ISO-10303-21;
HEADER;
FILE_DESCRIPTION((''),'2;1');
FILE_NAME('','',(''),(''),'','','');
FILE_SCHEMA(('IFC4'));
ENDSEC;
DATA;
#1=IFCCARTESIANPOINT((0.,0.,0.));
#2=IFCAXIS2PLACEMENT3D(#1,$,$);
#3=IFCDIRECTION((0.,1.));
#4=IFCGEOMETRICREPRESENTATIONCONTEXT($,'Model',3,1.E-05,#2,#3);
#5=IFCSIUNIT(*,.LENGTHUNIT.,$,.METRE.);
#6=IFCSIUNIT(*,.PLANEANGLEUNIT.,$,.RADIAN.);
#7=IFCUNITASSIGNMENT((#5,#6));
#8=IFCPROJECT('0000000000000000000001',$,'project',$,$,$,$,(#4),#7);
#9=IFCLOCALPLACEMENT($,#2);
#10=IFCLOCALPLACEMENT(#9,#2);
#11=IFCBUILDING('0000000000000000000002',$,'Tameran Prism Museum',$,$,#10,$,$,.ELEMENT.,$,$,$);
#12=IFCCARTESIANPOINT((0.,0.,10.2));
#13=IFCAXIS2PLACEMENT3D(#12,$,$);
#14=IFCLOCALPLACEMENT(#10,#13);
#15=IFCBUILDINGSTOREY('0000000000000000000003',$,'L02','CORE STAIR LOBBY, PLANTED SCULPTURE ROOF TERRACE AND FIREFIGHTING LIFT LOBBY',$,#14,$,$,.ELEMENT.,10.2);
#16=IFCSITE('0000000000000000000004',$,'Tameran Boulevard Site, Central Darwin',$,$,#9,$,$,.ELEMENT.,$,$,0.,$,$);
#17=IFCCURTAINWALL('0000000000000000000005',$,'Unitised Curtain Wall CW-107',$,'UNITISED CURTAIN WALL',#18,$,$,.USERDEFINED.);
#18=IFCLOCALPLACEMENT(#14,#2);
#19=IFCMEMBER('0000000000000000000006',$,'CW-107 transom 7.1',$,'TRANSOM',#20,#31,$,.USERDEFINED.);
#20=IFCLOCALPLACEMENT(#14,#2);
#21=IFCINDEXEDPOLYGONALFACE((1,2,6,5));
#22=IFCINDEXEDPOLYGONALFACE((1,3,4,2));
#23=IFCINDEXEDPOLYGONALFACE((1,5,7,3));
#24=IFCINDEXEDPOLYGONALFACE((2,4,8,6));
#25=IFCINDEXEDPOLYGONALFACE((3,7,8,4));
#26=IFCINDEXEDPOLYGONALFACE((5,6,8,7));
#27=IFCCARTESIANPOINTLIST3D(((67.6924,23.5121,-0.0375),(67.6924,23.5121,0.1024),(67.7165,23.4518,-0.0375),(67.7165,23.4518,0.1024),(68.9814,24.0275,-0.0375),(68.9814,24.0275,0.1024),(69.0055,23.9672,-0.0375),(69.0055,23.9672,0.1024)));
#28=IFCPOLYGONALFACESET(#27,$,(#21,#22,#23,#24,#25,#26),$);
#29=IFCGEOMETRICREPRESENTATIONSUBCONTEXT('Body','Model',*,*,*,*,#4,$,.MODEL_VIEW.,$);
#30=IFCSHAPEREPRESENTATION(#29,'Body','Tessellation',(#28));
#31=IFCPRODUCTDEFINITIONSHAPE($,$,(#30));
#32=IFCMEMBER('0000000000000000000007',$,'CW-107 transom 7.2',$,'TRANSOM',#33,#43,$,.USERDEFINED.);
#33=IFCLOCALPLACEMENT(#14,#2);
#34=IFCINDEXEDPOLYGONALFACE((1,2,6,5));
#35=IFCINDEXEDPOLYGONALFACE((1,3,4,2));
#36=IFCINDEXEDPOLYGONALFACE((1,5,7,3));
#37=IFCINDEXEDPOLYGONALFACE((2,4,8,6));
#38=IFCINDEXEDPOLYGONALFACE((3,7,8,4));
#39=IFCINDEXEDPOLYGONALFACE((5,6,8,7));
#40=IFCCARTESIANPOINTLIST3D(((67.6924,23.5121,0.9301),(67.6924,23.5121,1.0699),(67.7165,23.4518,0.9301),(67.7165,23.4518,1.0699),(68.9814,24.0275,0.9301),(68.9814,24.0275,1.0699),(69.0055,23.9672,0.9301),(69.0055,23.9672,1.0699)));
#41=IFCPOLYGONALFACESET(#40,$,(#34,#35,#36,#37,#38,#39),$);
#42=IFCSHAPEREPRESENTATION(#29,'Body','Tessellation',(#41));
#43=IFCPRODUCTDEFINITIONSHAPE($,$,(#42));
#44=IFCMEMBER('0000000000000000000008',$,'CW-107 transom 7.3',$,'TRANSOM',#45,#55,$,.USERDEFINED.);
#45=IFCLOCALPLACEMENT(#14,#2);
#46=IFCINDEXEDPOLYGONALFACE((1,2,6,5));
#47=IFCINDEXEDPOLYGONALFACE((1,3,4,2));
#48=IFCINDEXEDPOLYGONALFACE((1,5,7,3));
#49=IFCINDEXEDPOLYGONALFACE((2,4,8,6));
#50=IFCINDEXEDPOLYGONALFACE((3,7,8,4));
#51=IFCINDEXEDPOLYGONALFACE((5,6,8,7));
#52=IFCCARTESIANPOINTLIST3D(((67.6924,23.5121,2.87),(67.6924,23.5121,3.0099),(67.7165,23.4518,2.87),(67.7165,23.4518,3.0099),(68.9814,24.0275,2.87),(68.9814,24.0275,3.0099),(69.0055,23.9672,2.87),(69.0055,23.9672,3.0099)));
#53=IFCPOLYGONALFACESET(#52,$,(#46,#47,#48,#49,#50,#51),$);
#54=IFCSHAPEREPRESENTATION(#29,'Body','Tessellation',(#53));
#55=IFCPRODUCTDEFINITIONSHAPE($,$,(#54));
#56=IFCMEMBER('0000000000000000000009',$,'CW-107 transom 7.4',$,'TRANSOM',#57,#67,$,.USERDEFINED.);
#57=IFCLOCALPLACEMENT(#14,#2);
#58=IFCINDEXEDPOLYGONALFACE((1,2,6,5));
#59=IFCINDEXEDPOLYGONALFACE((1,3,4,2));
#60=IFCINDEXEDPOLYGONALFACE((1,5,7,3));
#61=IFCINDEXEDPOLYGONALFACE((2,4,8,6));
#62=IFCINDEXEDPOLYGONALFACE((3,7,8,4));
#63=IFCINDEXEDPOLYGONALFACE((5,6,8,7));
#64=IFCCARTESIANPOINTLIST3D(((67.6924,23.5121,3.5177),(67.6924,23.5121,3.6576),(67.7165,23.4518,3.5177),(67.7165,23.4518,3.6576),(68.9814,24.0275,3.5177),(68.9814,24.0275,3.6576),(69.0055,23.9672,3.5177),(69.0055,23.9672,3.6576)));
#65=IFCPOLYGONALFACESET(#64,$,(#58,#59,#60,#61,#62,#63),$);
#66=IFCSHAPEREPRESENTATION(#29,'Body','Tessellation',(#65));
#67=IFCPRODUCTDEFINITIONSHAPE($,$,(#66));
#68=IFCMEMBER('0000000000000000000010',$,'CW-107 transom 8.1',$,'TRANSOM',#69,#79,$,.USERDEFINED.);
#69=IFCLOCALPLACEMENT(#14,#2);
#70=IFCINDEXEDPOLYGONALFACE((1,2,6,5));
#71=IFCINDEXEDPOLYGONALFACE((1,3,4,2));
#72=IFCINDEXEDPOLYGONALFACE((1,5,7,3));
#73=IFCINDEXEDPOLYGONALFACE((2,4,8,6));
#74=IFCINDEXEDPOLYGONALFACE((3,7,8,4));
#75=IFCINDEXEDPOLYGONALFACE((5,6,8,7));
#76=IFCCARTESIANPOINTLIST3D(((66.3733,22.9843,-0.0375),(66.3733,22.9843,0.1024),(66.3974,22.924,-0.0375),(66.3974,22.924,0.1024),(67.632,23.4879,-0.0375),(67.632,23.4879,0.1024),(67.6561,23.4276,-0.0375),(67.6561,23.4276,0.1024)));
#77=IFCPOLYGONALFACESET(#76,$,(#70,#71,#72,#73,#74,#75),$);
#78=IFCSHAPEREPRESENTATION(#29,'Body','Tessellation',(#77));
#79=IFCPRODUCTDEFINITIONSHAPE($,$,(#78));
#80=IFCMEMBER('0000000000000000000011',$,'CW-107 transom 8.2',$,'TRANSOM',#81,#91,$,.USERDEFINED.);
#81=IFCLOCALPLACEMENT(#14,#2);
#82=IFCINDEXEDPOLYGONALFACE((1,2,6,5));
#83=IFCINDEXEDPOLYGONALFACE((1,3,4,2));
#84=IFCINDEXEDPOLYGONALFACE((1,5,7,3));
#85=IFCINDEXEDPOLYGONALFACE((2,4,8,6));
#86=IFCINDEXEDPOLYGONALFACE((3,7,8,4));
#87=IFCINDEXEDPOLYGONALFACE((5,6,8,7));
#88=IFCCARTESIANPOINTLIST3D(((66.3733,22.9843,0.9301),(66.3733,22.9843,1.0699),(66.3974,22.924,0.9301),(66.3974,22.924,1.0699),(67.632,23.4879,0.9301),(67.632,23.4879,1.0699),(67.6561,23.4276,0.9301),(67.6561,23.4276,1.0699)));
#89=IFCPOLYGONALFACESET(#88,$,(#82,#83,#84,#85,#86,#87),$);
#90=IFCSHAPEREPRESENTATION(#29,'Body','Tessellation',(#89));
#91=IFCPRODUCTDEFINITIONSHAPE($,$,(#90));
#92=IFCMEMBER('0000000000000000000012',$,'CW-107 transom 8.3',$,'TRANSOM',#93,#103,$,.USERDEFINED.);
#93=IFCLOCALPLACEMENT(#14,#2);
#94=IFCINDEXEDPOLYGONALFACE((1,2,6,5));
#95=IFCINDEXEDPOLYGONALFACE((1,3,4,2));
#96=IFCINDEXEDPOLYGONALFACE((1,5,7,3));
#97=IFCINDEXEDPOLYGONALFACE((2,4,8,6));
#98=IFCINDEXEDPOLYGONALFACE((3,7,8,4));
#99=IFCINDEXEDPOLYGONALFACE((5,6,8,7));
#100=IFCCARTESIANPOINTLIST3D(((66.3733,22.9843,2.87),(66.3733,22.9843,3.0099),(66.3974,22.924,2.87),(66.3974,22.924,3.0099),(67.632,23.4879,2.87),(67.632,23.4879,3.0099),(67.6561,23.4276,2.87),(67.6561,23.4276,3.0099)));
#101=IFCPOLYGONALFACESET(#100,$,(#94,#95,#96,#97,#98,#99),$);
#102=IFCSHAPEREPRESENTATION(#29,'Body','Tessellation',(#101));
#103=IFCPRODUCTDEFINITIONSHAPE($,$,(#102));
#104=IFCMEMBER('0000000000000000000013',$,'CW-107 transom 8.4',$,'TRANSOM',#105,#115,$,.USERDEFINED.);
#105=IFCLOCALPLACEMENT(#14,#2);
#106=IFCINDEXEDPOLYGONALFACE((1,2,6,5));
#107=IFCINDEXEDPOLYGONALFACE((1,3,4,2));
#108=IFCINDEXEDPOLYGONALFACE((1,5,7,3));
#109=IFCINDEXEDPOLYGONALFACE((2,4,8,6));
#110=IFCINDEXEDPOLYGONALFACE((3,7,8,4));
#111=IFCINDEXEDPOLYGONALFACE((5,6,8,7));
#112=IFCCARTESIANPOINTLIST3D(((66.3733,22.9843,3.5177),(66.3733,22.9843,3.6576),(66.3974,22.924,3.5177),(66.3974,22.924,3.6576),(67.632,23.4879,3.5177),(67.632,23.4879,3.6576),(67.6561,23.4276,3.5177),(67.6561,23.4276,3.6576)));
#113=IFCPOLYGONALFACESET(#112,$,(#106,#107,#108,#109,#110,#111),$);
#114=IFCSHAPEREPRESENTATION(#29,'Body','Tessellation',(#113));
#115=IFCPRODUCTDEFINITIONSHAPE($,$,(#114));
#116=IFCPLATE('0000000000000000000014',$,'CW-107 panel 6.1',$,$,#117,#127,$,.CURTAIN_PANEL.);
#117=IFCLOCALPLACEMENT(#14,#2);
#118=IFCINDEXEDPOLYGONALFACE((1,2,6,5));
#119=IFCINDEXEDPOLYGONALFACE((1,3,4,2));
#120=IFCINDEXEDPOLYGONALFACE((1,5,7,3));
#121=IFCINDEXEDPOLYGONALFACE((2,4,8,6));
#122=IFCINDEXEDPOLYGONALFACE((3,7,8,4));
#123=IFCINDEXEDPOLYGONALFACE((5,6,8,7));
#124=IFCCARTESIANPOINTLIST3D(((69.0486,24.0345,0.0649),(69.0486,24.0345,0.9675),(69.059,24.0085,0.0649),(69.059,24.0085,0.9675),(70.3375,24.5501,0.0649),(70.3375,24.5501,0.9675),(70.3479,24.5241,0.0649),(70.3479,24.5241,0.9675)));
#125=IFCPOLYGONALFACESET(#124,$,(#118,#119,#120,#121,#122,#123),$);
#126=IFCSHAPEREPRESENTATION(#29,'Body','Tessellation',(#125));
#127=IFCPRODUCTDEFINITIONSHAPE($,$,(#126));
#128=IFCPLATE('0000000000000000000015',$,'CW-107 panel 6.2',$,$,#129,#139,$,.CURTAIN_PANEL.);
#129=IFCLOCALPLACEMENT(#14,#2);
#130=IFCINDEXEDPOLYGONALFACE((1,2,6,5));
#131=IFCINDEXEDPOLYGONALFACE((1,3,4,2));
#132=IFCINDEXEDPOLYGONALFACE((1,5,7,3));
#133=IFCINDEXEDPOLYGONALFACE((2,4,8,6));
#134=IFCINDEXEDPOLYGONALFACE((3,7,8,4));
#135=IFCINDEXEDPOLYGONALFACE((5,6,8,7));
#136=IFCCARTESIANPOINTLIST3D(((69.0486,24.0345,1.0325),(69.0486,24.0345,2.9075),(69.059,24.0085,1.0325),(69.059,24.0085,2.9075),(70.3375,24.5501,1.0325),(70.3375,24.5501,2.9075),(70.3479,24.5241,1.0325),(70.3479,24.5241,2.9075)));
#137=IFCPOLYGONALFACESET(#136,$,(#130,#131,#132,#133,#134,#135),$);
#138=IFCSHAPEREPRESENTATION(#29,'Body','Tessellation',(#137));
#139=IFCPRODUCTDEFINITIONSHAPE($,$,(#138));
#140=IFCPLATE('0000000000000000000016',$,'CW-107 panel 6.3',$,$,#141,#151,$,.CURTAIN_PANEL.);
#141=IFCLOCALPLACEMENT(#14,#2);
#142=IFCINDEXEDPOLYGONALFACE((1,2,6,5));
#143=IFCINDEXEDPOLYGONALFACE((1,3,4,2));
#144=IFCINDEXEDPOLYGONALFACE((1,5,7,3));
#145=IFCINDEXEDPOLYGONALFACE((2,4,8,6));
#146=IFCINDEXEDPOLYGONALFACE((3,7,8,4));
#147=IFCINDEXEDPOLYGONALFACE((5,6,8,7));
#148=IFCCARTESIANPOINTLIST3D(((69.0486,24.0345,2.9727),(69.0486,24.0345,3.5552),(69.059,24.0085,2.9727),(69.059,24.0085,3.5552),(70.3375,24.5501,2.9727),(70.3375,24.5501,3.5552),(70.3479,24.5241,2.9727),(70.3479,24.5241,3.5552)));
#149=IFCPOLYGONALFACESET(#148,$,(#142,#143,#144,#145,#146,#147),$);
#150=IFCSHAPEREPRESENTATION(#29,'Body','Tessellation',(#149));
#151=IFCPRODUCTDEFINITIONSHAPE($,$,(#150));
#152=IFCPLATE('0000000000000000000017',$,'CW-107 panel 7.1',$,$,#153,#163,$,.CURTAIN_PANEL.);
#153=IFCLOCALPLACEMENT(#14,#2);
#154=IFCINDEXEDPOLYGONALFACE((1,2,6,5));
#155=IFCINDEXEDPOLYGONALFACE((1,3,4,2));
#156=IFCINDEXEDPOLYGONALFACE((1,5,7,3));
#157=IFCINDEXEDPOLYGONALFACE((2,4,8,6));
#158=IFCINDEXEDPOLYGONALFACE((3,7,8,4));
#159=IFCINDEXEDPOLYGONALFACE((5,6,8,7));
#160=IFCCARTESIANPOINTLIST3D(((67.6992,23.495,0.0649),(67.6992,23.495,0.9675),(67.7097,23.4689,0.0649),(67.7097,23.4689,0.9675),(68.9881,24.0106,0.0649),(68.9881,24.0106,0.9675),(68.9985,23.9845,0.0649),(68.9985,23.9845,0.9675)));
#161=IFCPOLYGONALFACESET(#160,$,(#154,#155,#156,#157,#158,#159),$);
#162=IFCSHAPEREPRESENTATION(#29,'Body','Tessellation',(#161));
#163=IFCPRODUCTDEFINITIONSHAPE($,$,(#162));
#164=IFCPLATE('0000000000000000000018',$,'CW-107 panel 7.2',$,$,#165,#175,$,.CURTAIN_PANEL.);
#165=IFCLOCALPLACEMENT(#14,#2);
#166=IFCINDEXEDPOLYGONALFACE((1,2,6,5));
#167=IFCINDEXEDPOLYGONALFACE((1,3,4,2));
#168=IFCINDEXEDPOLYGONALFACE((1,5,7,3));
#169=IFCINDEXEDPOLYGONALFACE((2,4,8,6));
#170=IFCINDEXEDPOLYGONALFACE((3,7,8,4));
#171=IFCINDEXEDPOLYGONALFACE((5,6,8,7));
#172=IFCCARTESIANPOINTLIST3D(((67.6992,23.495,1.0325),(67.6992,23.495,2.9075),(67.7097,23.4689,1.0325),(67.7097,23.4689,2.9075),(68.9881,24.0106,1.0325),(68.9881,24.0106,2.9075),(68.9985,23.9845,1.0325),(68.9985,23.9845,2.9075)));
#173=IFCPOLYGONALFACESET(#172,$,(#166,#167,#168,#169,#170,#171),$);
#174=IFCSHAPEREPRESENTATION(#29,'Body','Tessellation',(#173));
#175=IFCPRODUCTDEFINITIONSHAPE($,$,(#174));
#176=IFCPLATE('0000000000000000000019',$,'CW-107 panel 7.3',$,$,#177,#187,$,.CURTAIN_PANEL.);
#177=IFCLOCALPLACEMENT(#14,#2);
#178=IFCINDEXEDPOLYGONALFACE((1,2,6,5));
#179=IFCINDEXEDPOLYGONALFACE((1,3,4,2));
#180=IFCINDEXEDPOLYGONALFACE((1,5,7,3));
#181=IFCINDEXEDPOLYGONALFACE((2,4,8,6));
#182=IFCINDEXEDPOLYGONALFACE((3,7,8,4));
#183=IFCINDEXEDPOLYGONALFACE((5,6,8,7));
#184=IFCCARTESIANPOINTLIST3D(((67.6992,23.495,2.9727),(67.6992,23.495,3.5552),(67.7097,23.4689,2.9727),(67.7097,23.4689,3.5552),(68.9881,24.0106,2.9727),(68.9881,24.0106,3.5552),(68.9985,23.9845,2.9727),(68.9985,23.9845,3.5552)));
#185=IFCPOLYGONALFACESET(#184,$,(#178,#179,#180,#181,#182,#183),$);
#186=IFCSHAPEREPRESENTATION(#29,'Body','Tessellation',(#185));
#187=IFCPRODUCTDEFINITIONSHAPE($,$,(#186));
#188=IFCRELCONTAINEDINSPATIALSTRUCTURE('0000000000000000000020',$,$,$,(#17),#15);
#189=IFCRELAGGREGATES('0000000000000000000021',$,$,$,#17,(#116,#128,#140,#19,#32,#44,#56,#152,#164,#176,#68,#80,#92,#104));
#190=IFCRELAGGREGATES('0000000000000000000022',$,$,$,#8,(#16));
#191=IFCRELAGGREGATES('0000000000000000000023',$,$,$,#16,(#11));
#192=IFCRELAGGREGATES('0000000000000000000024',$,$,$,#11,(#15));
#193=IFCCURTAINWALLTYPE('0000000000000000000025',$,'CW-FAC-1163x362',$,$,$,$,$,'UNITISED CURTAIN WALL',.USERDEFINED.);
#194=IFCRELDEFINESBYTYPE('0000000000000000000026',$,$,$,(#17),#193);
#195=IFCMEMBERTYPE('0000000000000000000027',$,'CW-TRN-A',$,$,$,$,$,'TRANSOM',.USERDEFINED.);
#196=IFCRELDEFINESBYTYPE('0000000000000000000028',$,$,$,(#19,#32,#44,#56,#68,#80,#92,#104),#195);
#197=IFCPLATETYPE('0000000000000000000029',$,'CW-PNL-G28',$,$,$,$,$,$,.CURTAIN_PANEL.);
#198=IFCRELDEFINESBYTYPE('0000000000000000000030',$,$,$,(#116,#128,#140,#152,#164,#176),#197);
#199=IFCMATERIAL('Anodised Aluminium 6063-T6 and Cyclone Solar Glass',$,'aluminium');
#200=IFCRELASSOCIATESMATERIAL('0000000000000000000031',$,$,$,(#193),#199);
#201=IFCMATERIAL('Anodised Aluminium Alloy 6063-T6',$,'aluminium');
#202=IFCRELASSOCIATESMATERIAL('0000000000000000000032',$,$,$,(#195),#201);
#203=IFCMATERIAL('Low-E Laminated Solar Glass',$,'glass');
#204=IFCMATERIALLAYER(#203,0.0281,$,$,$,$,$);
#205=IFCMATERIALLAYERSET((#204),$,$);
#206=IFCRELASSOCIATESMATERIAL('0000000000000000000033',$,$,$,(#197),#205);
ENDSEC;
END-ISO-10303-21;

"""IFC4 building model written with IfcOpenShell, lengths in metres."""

from ifc_helpers import new_model, si_unit, direction, frame, origin, origin_2d, place, context, subcontext, project, spatial, rectangle, extrude, material, layer, layer_set, material_profile, profile_set, type_object, element, aggregate, save


model = new_model("IFC4")

# Units and contexts
model_context = context("Model", 3, precision=1e-05, world=origin(), true_north=direction((0.0, 1.0)))
body_context = subcontext(model_context, "Body", "Model", "MODEL_VIEW")
ifc_project = project(units=[si_unit("LENGTHUNIT", "METRE"), si_unit("PLANEANGLEUNIT", "RADIAN")], contexts=[model_context])

# Site, building, storey
site_placement = place(None, origin())
site = spatial("IfcSite", under=ifc_project, at=site_placement, Name="Tameran Boulevard Site, Central Darwin", CompositionType="ELEMENT", RefElevation=0.0)
building_placement = place(site_placement, origin())
building = spatial("IfcBuilding", under=site, at=building_placement, Name="Tameran Prism Museum", CompositionType="ELEMENT")
storey_placement = place(building_placement, frame((0.0, 0.0, 10.2)))
storey = spatial("IfcBuildingStorey", under=building, at=storey_placement, Name="L02", Description="CORE STAIR LOBBY, PLANTED SCULPTURE ROOF TERRACE AND FIREFIGHTING LIFT LOBBY", CompositionType="ELEMENT", Elevation=10.2)

# Curtain wall, members, plates
ifc_material_1 = material(Name="Anodised Aluminium 6063-T6 and Cyclone Solar Glass", Category="aluminium")
curtain_wall_type = type_object("IfcCurtainWallType", Name="CW-FAC-1163x362", ElementType="UNITISED CURTAIN WALL", PredefinedType="USERDEFINED", material=ifc_material_1)
curtain_wall_placement = place(storey_placement, origin())
curtain_wall = element("IfcCurtainWall", 1, at=curtain_wall_placement, inside=storey, type_object=curtain_wall_type, Name="Unitised Curtain Wall CW-107", ObjectType="UNITISED CURTAIN WALL", PredefinedType="USERDEFINED")
ifc_material_2 = material(Name="Anodised Aluminium Alloy 6063-T6", Category="aluminium")
ifc_material_profile_1 = material_profile(ifc_material_2, rectangle(XDim=0.0649, YDim=0.1399, at=origin_2d()))
ifc_profile_set_1 = profile_set([ifc_material_profile_1])
member_type_1 = type_object("IfcMemberType", Name="CW-TRN-A", ElementType="TRANSOM", PredefinedType="USERDEFINED", material=ifc_profile_set_1)
member_1_placement = place(storey_placement, frame((68.9934, 23.9973, 0.0325), z_axis=(-0.928537, -0.371239, 0.0), x_axis=(0.371239, -0.928537, 0.0)))
member_1 = element("IfcMember", 2, at=member_1_placement, type_object=member_type_1, Name="CW-107 transom 7.1", ObjectType="TRANSOM", PredefinedType="USERDEFINED", context=body_context, shape_type="SweptSolid", body=[
    extrude(rectangle(XDim=0.0649, YDim=0.1399, at=origin_2d()), origin(), (0.0, 0.0, 1.0), 1.3882),
])
member_2_placement = place(storey_placement, frame((68.9934, 23.9973, 1.0), z_axis=(-0.928537, -0.371239, 0.0), x_axis=(0.371239, -0.928537, 0.0)))
member_2 = element("IfcMember", 3, at=member_2_placement, type_object=member_type_1, Name="CW-107 transom 7.2", ObjectType="TRANSOM", PredefinedType="USERDEFINED", context=body_context, shape_type="SweptSolid", body=[
    extrude(rectangle(XDim=0.0649, YDim=0.1399, at=origin_2d()), origin(), (0.0, 0.0, 1.0), 1.3882),
])
member_3_placement = place(storey_placement, frame((68.9934, 23.9973, 2.9399), z_axis=(-0.928537, -0.371239, 0.0), x_axis=(0.371239, -0.928537, 0.0)))
member_3 = element("IfcMember", 4, at=member_3_placement, type_object=member_type_1, Name="CW-107 transom 7.3", ObjectType="TRANSOM", PredefinedType="USERDEFINED", context=body_context, shape_type="SweptSolid", body=[
    extrude(rectangle(XDim=0.0649, YDim=0.1399, at=origin_2d()), origin(), (0.0, 0.0, 1.0), 1.3882),
])
member_4_placement = place(storey_placement, frame((68.9934, 23.9973, 3.5876), z_axis=(-0.928537, -0.371239, 0.0), x_axis=(0.371239, -0.928537, 0.0)))
member_4 = element("IfcMember", 5, at=member_4_placement, type_object=member_type_1, Name="CW-107 transom 7.4", ObjectType="TRANSOM", PredefinedType="USERDEFINED", context=body_context, shape_type="SweptSolid", body=[
    extrude(rectangle(XDim=0.0649, YDim=0.1399, at=origin_2d()), origin(), (0.0, 0.0, 1.0), 1.3882),
])
member_5_placement = place(storey_placement, frame((67.644, 23.4578, 0.0325), z_axis=(-0.928439, -0.371484, 0.0), x_axis=(0.371484, -0.928439, 0.0)))
member_5 = element("IfcMember", 6, at=member_5_placement, type_object=member_type_1, Name="CW-107 transom 8.1", ObjectType="TRANSOM", PredefinedType="USERDEFINED", context=body_context, shape_type="SweptSolid", body=[
    extrude(rectangle(XDim=0.0649, YDim=0.1399, at=origin_2d()), origin(), (0.0, 0.0, 1.0), 1.3557),
])
member_6_placement = place(storey_placement, frame((67.644, 23.4578, 1.0), z_axis=(-0.928439, -0.371484, 0.0), x_axis=(0.371484, -0.928439, 0.0)))
member_6 = element("IfcMember", 7, at=member_6_placement, type_object=member_type_1, Name="CW-107 transom 8.2", ObjectType="TRANSOM", PredefinedType="USERDEFINED", context=body_context, shape_type="SweptSolid", body=[
    extrude(rectangle(XDim=0.0649, YDim=0.1399, at=origin_2d()), origin(), (0.0, 0.0, 1.0), 1.3557),
])
member_7_placement = place(storey_placement, frame((67.644, 23.4578, 2.9399), z_axis=(-0.928439, -0.371484, 0.0), x_axis=(0.371484, -0.928439, 0.0)))
member_7 = element("IfcMember", 8, at=member_7_placement, type_object=member_type_1, Name="CW-107 transom 8.3", ObjectType="TRANSOM", PredefinedType="USERDEFINED", context=body_context, shape_type="SweptSolid", body=[
    extrude(rectangle(XDim=0.0649, YDim=0.1399, at=origin_2d()), origin(), (0.0, 0.0, 1.0), 1.3557),
])
member_8_placement = place(storey_placement, frame((67.644, 23.4578, 3.5876), z_axis=(-0.928439, -0.371484, 0.0), x_axis=(0.371484, -0.928439, 0.0)))
member_8 = element("IfcMember", 9, at=member_8_placement, type_object=member_type_1, Name="CW-107 transom 8.4", ObjectType="TRANSOM", PredefinedType="USERDEFINED", context=body_context, shape_type="SweptSolid", body=[
    extrude(rectangle(XDim=0.0649, YDim=0.1399, at=origin_2d()), origin(), (0.0, 0.0, 1.0), 1.3557),
])
ifc_material_3 = material(Name="Low-E Laminated Solar Glass", Category="glass")
ifc_layer = layer(ifc_material_3, 0.0281)
ifc_layer_set = layer_set([ifc_layer])
plate_type = type_object("IfcPlateType", Name="CW-PNL-G28", PredefinedType="CURTAIN_PANEL", material=ifc_layer_set)
plate_1_placement = place(storey_placement, frame((69.6982, 24.2793, 0.0649), z_axis=(0.0, 0.0, 1.0), x_axis=(-0.928465, -0.37142, 0.0)))
plate_1 = element("IfcPlate", 10, at=plate_1_placement, type_object=plate_type, Name="CW-107 panel 6.1", PredefinedType="CURTAIN_PANEL", context=body_context, shape_type="SweptSolid", body=[
    extrude(rectangle(XDim=1.3882, YDim=0.0281, at=origin_2d()), origin(), (0.0, 0.0, 1.0), 0.9026),
])
plate_2_placement = place(storey_placement, frame((69.6982, 24.2793, 1.0325), z_axis=(0.0, 0.0, 1.0), x_axis=(-0.928465, -0.37142, 0.0)))
plate_2 = element("IfcPlate", 11, at=plate_2_placement, type_object=plate_type, Name="CW-107 panel 6.2", PredefinedType="CURTAIN_PANEL", context=body_context, shape_type="SweptSolid", body=[
    extrude(rectangle(XDim=1.3882, YDim=0.0281, at=origin_2d()), origin(), (0.0, 0.0, 1.0), 1.875),
])
plate_3_placement = place(storey_placement, frame((69.6982, 24.2793, 2.9727), z_axis=(0.0, 0.0, 1.0), x_axis=(-0.928465, -0.37142, 0.0)))
plate_3 = element("IfcPlate", 12, at=plate_3_placement, type_object=plate_type, Name="CW-107 panel 6.3", PredefinedType="CURTAIN_PANEL", context=body_context, shape_type="SweptSolid", body=[
    extrude(rectangle(XDim=1.3882, YDim=0.0281, at=origin_2d()), origin(), (0.0, 0.0, 1.0), 0.5825),
])
plate_4_placement = place(storey_placement, frame((68.3489, 23.7397, 0.0649), z_axis=(0.0, 0.0, 1.0), x_axis=(-0.928465, -0.37142, 0.0)))
plate_4 = element("IfcPlate", 13, at=plate_4_placement, type_object=plate_type, Name="CW-107 panel 7.1", PredefinedType="CURTAIN_PANEL", context=body_context, shape_type="SweptSolid", body=[
    extrude(rectangle(XDim=1.3882, YDim=0.0281, at=origin_2d()), origin(), (0.0, 0.0, 1.0), 0.9026),
])
plate_5_placement = place(storey_placement, frame((68.3489, 23.7397, 1.0325), z_axis=(0.0, 0.0, 1.0), x_axis=(-0.928465, -0.37142, 0.0)))
plate_5 = element("IfcPlate", 14, at=plate_5_placement, type_object=plate_type, Name="CW-107 panel 7.2", PredefinedType="CURTAIN_PANEL", context=body_context, shape_type="SweptSolid", body=[
    extrude(rectangle(XDim=1.3882, YDim=0.0281, at=origin_2d()), origin(), (0.0, 0.0, 1.0), 1.875),
])
plate_6_placement = place(storey_placement, frame((68.3489, 23.7397, 2.9727), z_axis=(0.0, 0.0, 1.0), x_axis=(-0.928465, -0.37142, 0.0)))
plate_6 = element("IfcPlate", 15, at=plate_6_placement, type_object=plate_type, Name="CW-107 panel 7.3", PredefinedType="CURTAIN_PANEL", context=body_context, shape_type="SweptSolid", body=[
    extrude(rectangle(XDim=1.3882, YDim=0.0281, at=origin_2d()), origin(), (0.0, 0.0, 1.0), 0.5825),
])
aggregate(curtain_wall, [plate_1, plate_2, plate_3, member_1, member_2, member_3, member_4, plate_4, plate_5, plate_6, member_5, member_6, member_7, member_8])

save(model, "model.ifc")
